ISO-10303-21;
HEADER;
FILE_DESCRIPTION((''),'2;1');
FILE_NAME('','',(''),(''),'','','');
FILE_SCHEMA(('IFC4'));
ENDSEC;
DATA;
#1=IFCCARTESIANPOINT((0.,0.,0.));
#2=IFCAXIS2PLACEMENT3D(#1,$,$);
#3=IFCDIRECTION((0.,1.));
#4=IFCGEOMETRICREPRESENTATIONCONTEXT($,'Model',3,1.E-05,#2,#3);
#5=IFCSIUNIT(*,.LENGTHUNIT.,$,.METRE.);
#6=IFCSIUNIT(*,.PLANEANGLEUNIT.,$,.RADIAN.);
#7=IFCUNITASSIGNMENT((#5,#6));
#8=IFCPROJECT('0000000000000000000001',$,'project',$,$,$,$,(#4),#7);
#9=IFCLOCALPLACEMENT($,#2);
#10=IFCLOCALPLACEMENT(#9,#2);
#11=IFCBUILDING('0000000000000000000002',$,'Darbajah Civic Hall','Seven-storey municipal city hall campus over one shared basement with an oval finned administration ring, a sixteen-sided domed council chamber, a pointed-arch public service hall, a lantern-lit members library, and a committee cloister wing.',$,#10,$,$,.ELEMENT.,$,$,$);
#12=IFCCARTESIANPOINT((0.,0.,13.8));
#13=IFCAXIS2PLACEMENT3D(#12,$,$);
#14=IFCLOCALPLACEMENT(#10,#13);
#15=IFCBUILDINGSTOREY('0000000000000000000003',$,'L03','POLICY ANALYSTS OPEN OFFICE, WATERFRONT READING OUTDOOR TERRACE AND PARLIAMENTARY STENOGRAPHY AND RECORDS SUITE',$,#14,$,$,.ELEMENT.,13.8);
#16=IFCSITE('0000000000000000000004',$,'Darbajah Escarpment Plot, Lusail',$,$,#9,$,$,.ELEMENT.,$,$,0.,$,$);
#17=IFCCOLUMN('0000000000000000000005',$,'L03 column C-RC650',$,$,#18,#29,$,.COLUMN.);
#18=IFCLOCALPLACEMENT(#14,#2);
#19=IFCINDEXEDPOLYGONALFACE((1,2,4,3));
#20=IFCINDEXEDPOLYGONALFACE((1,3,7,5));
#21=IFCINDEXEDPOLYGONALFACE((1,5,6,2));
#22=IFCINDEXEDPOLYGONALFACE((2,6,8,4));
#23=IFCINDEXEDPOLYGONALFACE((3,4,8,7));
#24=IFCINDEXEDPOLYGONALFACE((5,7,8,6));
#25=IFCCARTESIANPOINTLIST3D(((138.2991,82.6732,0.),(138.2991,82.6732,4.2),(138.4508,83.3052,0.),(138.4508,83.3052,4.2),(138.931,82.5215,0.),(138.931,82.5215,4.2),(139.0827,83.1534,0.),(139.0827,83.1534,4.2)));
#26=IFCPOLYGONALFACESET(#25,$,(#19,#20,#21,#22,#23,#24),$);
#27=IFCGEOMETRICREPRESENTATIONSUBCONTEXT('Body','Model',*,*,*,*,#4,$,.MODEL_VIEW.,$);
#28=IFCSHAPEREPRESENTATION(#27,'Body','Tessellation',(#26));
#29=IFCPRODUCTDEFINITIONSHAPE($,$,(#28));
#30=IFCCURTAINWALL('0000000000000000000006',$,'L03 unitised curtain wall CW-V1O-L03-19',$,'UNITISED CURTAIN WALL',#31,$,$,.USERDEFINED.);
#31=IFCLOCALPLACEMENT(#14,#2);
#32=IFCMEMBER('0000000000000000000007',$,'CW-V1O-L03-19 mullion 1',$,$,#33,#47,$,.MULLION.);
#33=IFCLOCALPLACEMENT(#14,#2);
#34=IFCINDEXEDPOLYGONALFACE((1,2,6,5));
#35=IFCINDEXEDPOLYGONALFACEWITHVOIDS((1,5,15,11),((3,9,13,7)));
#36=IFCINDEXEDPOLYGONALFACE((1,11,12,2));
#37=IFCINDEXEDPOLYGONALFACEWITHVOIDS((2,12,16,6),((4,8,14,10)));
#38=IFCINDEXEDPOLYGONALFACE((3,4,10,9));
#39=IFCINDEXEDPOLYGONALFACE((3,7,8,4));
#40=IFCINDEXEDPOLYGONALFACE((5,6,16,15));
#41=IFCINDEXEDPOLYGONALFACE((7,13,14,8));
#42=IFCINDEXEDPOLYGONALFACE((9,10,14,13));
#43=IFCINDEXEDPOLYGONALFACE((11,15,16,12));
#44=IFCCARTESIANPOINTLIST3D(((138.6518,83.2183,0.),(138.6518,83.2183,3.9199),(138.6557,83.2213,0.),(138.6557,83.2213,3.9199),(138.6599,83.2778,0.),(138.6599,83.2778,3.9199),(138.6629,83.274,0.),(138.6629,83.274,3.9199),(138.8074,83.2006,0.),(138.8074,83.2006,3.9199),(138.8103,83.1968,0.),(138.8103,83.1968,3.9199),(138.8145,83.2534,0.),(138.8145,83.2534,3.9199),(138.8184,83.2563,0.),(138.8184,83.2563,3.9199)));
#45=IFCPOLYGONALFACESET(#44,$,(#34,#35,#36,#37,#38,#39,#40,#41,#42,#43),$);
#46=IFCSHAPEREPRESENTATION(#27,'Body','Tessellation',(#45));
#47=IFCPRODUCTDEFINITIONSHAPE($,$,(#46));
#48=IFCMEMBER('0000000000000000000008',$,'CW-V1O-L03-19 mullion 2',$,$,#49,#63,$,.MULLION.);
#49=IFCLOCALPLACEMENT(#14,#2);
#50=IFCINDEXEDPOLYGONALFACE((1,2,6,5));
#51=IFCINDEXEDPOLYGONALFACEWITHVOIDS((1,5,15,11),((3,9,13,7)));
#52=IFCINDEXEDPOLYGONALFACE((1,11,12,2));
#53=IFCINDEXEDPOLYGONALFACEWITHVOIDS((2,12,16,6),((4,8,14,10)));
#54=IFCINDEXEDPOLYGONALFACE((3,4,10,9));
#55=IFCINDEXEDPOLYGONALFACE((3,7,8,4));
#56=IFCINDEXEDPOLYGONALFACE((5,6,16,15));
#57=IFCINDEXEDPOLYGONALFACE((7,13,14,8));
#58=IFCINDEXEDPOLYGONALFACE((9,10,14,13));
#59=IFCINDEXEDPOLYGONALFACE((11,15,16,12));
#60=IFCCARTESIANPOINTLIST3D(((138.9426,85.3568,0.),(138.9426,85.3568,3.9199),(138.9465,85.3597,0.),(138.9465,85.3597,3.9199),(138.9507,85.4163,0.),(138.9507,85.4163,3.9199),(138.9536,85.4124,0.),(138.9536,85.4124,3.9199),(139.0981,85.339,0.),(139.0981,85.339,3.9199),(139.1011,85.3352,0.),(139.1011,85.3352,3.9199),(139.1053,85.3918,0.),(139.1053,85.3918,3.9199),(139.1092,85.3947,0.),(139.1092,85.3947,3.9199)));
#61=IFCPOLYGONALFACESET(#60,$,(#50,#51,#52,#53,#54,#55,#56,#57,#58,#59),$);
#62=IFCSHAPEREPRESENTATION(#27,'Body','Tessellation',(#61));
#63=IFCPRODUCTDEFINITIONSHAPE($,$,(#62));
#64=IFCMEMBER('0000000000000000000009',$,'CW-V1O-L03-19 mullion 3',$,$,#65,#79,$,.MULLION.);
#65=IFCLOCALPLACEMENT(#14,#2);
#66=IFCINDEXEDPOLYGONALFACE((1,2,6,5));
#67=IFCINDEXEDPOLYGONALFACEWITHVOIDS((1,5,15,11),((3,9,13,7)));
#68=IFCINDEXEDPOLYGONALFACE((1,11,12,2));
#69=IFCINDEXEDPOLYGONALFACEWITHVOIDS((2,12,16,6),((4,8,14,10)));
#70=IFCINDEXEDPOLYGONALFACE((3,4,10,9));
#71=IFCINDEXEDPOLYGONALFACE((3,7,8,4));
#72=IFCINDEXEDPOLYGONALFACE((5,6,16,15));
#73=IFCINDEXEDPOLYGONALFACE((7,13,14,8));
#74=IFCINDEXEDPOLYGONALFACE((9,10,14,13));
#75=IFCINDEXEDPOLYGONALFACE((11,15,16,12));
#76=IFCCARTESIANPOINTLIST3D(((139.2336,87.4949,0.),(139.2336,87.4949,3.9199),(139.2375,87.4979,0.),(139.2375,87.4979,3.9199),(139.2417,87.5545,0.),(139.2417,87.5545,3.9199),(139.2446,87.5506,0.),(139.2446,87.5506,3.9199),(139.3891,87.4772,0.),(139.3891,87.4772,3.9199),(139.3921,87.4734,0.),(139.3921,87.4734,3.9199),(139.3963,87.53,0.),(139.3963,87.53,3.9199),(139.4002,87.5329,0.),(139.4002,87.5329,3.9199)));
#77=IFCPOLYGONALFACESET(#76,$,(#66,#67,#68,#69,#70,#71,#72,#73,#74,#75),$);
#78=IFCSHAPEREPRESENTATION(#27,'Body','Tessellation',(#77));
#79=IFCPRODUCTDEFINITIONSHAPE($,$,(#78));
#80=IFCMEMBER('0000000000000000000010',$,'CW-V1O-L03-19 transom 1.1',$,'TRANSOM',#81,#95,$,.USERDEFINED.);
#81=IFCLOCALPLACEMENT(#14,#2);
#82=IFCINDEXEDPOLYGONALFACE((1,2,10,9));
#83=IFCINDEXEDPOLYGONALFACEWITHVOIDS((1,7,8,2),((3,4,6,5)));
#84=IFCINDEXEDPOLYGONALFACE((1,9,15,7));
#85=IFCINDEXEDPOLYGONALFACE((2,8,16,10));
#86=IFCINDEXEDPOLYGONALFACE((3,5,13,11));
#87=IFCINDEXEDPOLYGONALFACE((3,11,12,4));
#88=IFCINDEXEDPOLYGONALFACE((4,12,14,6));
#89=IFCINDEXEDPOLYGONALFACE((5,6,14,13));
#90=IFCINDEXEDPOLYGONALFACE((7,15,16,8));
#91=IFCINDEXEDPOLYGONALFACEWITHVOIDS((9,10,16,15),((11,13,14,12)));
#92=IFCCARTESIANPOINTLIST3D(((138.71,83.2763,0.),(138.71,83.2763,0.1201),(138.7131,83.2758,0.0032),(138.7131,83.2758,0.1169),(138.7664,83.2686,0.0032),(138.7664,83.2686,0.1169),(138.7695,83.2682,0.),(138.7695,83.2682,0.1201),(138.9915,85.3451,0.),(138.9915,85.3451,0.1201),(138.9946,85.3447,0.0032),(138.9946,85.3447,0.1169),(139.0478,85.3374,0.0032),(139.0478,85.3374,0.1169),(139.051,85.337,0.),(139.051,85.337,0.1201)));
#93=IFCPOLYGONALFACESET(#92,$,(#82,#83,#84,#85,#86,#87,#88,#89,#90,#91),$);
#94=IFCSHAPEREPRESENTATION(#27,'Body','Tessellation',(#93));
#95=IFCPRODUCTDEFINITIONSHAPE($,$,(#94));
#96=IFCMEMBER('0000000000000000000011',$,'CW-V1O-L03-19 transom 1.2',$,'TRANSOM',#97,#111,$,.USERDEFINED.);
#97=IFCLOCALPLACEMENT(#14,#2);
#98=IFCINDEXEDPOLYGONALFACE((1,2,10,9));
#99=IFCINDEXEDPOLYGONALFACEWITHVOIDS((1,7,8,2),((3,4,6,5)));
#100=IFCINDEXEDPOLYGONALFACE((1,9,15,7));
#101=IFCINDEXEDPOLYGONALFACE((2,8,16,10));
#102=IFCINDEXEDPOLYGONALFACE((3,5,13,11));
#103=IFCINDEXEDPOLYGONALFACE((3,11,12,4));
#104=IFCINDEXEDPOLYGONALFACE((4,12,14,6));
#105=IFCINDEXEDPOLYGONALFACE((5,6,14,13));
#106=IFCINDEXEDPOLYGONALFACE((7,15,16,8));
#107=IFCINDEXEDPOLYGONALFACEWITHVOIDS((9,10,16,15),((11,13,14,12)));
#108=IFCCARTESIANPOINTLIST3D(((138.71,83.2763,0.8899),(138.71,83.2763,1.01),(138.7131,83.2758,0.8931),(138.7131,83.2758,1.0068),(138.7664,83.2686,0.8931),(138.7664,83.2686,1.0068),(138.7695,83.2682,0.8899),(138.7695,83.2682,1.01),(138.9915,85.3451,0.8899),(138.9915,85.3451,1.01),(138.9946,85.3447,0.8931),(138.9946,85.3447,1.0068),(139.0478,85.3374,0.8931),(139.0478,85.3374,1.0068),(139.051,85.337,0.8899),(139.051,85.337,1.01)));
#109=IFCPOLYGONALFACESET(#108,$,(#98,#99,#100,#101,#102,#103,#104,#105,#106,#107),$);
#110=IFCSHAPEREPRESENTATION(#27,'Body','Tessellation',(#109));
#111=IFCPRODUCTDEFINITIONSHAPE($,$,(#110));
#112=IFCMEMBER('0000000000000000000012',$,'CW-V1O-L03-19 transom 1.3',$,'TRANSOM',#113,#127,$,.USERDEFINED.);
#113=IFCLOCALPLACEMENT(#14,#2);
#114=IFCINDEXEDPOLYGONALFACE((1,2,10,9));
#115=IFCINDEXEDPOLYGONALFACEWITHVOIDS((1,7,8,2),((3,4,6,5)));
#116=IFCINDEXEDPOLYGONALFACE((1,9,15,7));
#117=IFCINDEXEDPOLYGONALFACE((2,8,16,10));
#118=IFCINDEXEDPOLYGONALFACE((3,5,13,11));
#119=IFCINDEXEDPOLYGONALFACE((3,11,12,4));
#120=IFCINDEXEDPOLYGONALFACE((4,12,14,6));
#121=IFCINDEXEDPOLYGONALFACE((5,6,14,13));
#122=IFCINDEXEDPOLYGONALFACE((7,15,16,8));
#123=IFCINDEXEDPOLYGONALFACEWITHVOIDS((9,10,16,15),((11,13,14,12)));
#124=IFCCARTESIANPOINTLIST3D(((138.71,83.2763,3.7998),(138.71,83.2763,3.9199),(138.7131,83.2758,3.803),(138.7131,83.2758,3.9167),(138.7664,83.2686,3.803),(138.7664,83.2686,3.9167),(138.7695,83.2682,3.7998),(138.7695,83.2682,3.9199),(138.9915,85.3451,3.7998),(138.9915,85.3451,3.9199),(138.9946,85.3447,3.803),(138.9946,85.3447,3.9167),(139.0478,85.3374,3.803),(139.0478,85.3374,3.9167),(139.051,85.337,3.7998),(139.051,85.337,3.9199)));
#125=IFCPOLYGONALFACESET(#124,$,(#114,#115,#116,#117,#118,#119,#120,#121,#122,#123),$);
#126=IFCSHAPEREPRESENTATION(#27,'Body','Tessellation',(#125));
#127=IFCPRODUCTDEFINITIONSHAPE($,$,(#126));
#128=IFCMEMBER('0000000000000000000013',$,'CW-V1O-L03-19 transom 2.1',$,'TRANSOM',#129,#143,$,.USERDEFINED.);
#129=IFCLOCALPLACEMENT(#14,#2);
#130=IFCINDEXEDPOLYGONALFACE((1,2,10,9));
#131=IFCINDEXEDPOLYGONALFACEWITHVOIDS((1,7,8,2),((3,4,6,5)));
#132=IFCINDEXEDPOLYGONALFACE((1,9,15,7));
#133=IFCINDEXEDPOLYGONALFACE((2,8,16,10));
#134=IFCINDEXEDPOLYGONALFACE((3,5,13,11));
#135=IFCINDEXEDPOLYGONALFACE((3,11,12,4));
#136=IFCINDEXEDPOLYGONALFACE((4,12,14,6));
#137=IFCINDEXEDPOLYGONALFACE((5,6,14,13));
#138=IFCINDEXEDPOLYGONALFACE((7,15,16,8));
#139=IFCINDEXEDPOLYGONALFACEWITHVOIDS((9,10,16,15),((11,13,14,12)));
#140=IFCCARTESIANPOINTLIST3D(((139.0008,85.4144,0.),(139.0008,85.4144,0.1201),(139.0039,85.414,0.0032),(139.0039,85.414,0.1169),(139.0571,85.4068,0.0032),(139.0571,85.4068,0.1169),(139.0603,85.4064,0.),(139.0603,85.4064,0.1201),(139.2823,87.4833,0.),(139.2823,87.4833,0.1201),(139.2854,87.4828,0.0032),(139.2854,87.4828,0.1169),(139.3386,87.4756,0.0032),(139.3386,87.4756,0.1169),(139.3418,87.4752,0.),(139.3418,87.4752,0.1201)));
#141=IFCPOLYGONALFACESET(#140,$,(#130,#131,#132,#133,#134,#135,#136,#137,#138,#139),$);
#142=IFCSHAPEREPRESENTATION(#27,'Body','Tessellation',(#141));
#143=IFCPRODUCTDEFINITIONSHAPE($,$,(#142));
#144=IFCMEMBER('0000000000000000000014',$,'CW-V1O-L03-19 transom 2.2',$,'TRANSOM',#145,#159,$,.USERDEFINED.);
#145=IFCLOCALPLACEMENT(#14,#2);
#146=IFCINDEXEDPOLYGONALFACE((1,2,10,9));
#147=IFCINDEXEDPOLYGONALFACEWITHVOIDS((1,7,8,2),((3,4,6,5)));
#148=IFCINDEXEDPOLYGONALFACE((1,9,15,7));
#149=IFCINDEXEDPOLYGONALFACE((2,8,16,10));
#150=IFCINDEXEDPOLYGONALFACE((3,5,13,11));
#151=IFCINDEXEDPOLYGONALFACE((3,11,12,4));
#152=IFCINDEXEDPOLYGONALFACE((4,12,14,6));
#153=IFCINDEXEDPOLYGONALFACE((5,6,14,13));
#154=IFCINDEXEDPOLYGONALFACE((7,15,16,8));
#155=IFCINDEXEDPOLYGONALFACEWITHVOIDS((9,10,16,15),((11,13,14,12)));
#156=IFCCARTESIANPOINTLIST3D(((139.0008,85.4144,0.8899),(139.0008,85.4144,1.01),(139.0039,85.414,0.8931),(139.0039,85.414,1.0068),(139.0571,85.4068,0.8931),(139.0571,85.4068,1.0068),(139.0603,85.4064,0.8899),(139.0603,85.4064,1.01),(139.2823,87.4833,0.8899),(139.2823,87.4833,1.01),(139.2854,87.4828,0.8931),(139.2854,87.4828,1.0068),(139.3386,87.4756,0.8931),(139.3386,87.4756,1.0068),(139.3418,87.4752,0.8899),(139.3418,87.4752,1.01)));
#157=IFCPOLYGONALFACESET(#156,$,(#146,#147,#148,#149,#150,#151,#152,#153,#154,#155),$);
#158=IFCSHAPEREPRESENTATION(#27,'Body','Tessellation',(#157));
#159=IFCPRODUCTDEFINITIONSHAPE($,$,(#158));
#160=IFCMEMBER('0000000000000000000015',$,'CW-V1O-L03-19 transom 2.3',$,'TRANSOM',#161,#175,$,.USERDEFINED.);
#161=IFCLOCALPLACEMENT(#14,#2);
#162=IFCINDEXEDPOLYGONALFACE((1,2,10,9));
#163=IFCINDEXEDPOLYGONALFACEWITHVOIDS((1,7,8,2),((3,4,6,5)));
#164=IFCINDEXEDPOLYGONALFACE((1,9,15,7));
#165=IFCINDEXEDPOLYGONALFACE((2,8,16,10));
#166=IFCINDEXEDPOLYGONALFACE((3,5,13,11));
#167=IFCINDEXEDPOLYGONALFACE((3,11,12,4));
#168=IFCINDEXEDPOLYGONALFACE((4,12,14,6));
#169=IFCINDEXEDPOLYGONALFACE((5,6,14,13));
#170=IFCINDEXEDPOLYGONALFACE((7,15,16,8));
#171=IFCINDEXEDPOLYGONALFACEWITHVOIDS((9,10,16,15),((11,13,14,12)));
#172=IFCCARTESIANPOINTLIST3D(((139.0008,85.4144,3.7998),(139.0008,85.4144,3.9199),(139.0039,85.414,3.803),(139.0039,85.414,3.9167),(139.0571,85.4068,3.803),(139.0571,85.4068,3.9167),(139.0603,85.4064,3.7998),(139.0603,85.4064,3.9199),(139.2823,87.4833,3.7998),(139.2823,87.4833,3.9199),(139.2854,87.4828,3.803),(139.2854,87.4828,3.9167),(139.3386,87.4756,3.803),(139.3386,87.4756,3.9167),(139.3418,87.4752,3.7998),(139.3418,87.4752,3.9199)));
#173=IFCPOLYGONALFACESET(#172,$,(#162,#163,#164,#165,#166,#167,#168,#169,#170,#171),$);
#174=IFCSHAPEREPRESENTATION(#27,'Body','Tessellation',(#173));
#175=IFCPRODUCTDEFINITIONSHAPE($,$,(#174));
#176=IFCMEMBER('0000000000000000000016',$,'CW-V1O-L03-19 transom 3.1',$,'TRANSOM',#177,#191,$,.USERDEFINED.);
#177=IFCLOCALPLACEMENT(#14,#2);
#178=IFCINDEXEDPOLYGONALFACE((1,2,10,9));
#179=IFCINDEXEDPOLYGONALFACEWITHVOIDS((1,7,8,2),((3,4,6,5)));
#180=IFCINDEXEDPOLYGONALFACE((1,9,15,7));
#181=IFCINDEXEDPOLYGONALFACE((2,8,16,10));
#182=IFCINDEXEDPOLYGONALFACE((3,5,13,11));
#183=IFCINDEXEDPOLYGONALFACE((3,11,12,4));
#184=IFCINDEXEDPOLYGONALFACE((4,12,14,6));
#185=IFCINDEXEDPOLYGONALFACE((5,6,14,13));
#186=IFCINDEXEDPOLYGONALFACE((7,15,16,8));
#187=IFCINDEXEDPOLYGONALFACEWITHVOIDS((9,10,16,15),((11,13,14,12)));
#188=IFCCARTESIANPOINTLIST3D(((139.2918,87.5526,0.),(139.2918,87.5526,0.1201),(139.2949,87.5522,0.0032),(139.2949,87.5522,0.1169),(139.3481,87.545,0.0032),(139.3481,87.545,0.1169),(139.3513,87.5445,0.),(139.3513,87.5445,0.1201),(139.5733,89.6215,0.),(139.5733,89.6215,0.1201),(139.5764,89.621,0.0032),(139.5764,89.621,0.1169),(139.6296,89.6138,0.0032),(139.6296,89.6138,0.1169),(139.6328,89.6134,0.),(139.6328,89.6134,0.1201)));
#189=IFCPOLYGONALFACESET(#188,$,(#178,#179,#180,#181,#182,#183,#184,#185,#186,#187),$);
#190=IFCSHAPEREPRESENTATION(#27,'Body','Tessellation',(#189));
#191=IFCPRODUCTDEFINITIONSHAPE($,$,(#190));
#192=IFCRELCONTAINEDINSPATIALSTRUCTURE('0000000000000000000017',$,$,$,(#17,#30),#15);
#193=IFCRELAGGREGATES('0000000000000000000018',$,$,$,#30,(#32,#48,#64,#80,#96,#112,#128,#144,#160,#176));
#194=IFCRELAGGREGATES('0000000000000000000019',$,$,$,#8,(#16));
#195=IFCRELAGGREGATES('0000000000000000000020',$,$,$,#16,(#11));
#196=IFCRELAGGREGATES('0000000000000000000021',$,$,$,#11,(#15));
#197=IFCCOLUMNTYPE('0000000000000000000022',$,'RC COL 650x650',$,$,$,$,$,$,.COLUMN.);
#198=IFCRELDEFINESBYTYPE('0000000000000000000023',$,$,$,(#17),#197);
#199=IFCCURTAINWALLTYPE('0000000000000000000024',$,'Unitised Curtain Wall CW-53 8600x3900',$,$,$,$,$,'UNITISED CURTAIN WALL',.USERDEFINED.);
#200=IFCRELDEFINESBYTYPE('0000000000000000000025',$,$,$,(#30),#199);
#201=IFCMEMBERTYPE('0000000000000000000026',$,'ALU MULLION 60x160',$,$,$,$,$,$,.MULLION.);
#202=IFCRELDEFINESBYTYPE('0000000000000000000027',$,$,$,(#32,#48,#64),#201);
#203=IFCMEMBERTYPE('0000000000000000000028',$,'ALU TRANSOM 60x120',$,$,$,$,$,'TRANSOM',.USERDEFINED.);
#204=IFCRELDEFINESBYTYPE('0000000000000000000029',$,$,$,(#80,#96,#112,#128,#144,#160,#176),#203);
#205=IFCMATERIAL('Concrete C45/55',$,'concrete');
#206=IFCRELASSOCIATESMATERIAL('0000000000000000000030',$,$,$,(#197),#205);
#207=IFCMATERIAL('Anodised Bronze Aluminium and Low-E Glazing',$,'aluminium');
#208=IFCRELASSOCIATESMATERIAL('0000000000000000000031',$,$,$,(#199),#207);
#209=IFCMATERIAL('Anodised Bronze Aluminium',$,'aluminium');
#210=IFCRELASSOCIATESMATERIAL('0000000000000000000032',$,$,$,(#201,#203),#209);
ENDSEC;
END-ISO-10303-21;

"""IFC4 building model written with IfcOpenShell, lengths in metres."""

from ifc_helpers import new_model, si_unit, direction, frame, origin, origin_2d, place, context, subcontext, project, spatial, rectangle, hollow_rectangle, extrude, material, material_profile, profile_set, type_object, element, aggregate, save


model = new_model("IFC4")

# Units and contexts
model_context = context("Model", 3, precision=1e-05, world=origin(), true_north=direction((0.0, 1.0)))
body_context = subcontext(model_context, "Body", "Model", "MODEL_VIEW")
ifc_project = project(units=[si_unit("LENGTHUNIT", "METRE"), si_unit("PLANEANGLEUNIT", "RADIAN")], contexts=[model_context])

# Site, building, storey
site_placement = place(None, origin())
site = spatial("IfcSite", under=ifc_project, at=site_placement, Name="Darbajah Escarpment Plot, Lusail", CompositionType="ELEMENT", RefElevation=0.0)
building_placement = place(site_placement, origin())
building = spatial("IfcBuilding", under=site, at=building_placement, Name="Darbajah Civic Hall", Description="Seven-storey municipal city hall campus over one shared basement with an oval finned administration ring, a sixteen-sided domed council chamber, a pointed-arch public service hall, a lantern-lit members library, and a committee cloister wing.", CompositionType="ELEMENT")
storey_placement = place(building_placement, frame((0.0, 0.0, 13.8)))
storey = spatial("IfcBuildingStorey", under=building, at=storey_placement, Name="L03", Description="POLICY ANALYSTS OPEN OFFICE, WATERFRONT READING OUTDOOR TERRACE AND PARLIAMENTARY STENOGRAPHY AND RECORDS SUITE", CompositionType="ELEMENT", Elevation=13.8)

# Column
ifc_material_1 = material(Name="Concrete C45/55", Category="concrete")
ifc_material_profile_1 = material_profile(ifc_material_1, rectangle(XDim=0.6499, YDim=0.6499, at=origin_2d()), Name="RC COL 650x650")
ifc_profile_set_1 = profile_set([ifc_material_profile_1], Name="Concrete C45/55")
column_type = type_object("IfcColumnType", Name="RC COL 650x650", PredefinedType="COLUMN", material=ifc_profile_set_1)
column_placement = place(storey_placement, frame((138.6909, 82.9133, 0.0), z_axis=(0.0, 0.0, 1.0), x_axis=(0.97237, -0.233445, 0.0)))
element("IfcColumn", 1, at=column_placement, inside=storey, type_object=column_type, Name="L03 column C-RC650", PredefinedType="COLUMN", context=body_context, shape_type="SweptSolid", body=[
    extrude(rectangle(XDim=0.6499, YDim=0.6499, at=origin_2d()), origin(), (0.0, 0.0, 1.0), 4.2),
])

# Curtain wall, members
ifc_material_2 = material(Name="Anodised Bronze Aluminium and Low-E Glazing", Category="aluminium")
curtain_wall_type = type_object("IfcCurtainWallType", Name="Unitised Curtain Wall CW-53 8600x3900", ElementType="UNITISED CURTAIN WALL", PredefinedType="USERDEFINED", material=ifc_material_2)
curtain_wall_placement = place(storey_placement, origin())
curtain_wall = element("IfcCurtainWall", 2, at=curtain_wall_placement, inside=storey, type_object=curtain_wall_type, Name="L03 unitised curtain wall CW-V1O-L03-19", ObjectType="UNITISED CURTAIN WALL", PredefinedType="USERDEFINED")
ifc_material_3 = material(Name="Anodised Bronze Aluminium", Category="aluminium")
ifc_material_profile_2 = material_profile(ifc_material_3, hollow_rectangle(XDim=0.0601, YDim=0.1599, WallThickness=0.0034, at=origin_2d()), Name="ALU MULLION 60x160")
ifc_profile_set_2 = profile_set([ifc_material_profile_2], Name="Anodised Bronze Aluminium")
member_type_1 = type_object("IfcMemberType", Name="ALU MULLION 60x160", PredefinedType="MULLION", material=ifc_profile_set_2)
member_1_placement = place(storey_placement, frame((138.7351, 83.2373, 0.0), z_axis=(0.0, 0.0, 1.0), x_axis=(0.134851, 0.990866, 0.0)))
member_1 = element("IfcMember", 3, at=member_1_placement, type_object=member_type_1, Name="CW-V1O-L03-19 mullion 1", PredefinedType="MULLION", context=body_context, shape_type="SweptSolid", body=[
    extrude(hollow_rectangle(XDim=0.0601, YDim=0.1599, WallThickness=0.0034, at=origin_2d()), origin(), (0.0, 0.0, 1.0), 3.9199),
])
member_2_placement = place(storey_placement, frame((139.0259, 85.3757, 0.0), z_axis=(0.0, 0.0, 1.0), x_axis=(0.134851, 0.990866, 0.0)))
member_2 = element("IfcMember", 4, at=member_2_placement, type_object=member_type_1, Name="CW-V1O-L03-19 mullion 2", PredefinedType="MULLION", context=body_context, shape_type="SweptSolid", body=[
    extrude(hollow_rectangle(XDim=0.0601, YDim=0.1599, WallThickness=0.0034, at=origin_2d()), origin(), (0.0, 0.0, 1.0), 3.9199),
])
member_3_placement = place(storey_placement, frame((139.3169, 87.5139, 0.0), z_axis=(0.0, 0.0, 1.0), x_axis=(0.134851, 0.990866, 0.0)))
member_3 = element("IfcMember", 5, at=member_3_placement, type_object=member_type_1, Name="CW-V1O-L03-19 mullion 3", PredefinedType="MULLION", context=body_context, shape_type="SweptSolid", body=[
    extrude(hollow_rectangle(XDim=0.0601, YDim=0.1599, WallThickness=0.0034, at=origin_2d()), origin(), (0.0, 0.0, 1.0), 3.9199),
])
ifc_material_profile_3 = material_profile(ifc_material_3, hollow_rectangle(XDim=0.0601, YDim=0.1201, WallThickness=0.0032, at=origin_2d()), Name="ALU TRANSOM 60x120")
ifc_profile_set_3 = profile_set([ifc_material_profile_3], Name="Anodised Bronze Aluminium")
member_type_2 = type_object("IfcMemberType", Name="ALU TRANSOM 60x120", ElementType="TRANSOM", PredefinedType="USERDEFINED", material=ifc_profile_set_3)
member_4_placement = place(storey_placement, frame((138.7397, 83.2722, 0.0601), z_axis=(0.134821, 0.99087, 0.0), x_axis=(-0.99087, 0.134821, 0.0)))
member_4 = element("IfcMember", 6, at=member_4_placement, type_object=member_type_2, Name="CW-V1O-L03-19 transom 1.1", ObjectType="TRANSOM", PredefinedType="USERDEFINED", context=body_context, shape_type="SweptSolid", body=[
    extrude(hollow_rectangle(XDim=0.0601, YDim=0.1201, WallThickness=0.0032, at=origin_2d()), origin(), (0.0, 0.0, 1.0), 2.0879),
])
member_5_placement = place(storey_placement, frame((138.7397, 83.2722, 0.95), z_axis=(0.134821, 0.99087, 0.0), x_axis=(-0.99087, 0.134821, 0.0)))
member_5 = element("IfcMember", 7, at=member_5_placement, type_object=member_type_2, Name="CW-V1O-L03-19 transom 1.2", ObjectType="TRANSOM", PredefinedType="USERDEFINED", context=body_context, shape_type="SweptSolid", body=[
    extrude(hollow_rectangle(XDim=0.0601, YDim=0.1201, WallThickness=0.0032, at=origin_2d()), origin(), (0.0, 0.0, 1.0), 2.0879),
])
member_6_placement = place(storey_placement, frame((138.7397, 83.2722, 3.8599), z_axis=(0.134821, 0.99087, 0.0), x_axis=(-0.99087, 0.134821, 0.0)))
member_6 = element("IfcMember", 8, at=member_6_placement, type_object=member_type_2, Name="CW-V1O-L03-19 transom 1.3", ObjectType="TRANSOM", PredefinedType="USERDEFINED", context=body_context, shape_type="SweptSolid", body=[
    extrude(hollow_rectangle(XDim=0.0601, YDim=0.1201, WallThickness=0.0032, at=origin_2d()), origin(), (0.0, 0.0, 1.0), 2.0879),
])
member_7_placement = place(storey_placement, frame((139.0305, 85.4104, 0.0601), z_axis=(0.134821, 0.99087, 0.0), x_axis=(-0.99087, 0.134821, 0.0)))
member_7 = element("IfcMember", 9, at=member_7_placement, type_object=member_type_2, Name="CW-V1O-L03-19 transom 2.1", ObjectType="TRANSOM", PredefinedType="USERDEFINED", context=body_context, shape_type="SweptSolid", body=[
    extrude(hollow_rectangle(XDim=0.0601, YDim=0.1201, WallThickness=0.0032, at=origin_2d()), origin(), (0.0, 0.0, 1.0), 2.0879),
])
member_8_placement = place(storey_placement, frame((139.0305, 85.4104, 0.95), z_axis=(0.134821, 0.99087, 0.0), x_axis=(-0.99087, 0.134821, 0.0)))
member_8 = element("IfcMember", 10, at=member_8_placement, type_object=member_type_2, Name="CW-V1O-L03-19 transom 2.2", ObjectType="TRANSOM", PredefinedType="USERDEFINED", context=body_context, shape_type="SweptSolid", body=[
    extrude(hollow_rectangle(XDim=0.0601, YDim=0.1201, WallThickness=0.0032, at=origin_2d()), origin(), (0.0, 0.0, 1.0), 2.0879),
])
member_9_placement = place(storey_placement, frame((139.0305, 85.4104, 3.8599), z_axis=(0.134821, 0.99087, 0.0), x_axis=(-0.99087, 0.134821, 0.0)))
member_9 = element("IfcMember", 11, at=member_9_placement, type_object=member_type_2, Name="CW-V1O-L03-19 transom 2.3", ObjectType="TRANSOM", PredefinedType="USERDEFINED", context=body_context, shape_type="SweptSolid", body=[
    extrude(hollow_rectangle(XDim=0.0601, YDim=0.1201, WallThickness=0.0032, at=origin_2d()), origin(), (0.0, 0.0, 1.0), 2.0879),
])
member_10_placement = place(storey_placement, frame((139.3215, 87.5486, 0.0601), z_axis=(0.134821, 0.99087, 0.0), x_axis=(-0.99087, 0.134821, 0.0)))
member_10 = element("IfcMember", 12, at=member_10_placement, type_object=member_type_2, Name="CW-V1O-L03-19 transom 3.1", ObjectType="TRANSOM", PredefinedType="USERDEFINED", context=body_context, shape_type="SweptSolid", body=[
    extrude(hollow_rectangle(XDim=0.0601, YDim=0.1201, WallThickness=0.0032, at=origin_2d()), origin(), (0.0, 0.0, 1.0), 2.0879),
])

aggregate(curtain_wall, [member_1, member_2, member_3, member_4, member_5, member_6, member_7, member_8, member_9, member_10])

save(model, "model.ifc")
